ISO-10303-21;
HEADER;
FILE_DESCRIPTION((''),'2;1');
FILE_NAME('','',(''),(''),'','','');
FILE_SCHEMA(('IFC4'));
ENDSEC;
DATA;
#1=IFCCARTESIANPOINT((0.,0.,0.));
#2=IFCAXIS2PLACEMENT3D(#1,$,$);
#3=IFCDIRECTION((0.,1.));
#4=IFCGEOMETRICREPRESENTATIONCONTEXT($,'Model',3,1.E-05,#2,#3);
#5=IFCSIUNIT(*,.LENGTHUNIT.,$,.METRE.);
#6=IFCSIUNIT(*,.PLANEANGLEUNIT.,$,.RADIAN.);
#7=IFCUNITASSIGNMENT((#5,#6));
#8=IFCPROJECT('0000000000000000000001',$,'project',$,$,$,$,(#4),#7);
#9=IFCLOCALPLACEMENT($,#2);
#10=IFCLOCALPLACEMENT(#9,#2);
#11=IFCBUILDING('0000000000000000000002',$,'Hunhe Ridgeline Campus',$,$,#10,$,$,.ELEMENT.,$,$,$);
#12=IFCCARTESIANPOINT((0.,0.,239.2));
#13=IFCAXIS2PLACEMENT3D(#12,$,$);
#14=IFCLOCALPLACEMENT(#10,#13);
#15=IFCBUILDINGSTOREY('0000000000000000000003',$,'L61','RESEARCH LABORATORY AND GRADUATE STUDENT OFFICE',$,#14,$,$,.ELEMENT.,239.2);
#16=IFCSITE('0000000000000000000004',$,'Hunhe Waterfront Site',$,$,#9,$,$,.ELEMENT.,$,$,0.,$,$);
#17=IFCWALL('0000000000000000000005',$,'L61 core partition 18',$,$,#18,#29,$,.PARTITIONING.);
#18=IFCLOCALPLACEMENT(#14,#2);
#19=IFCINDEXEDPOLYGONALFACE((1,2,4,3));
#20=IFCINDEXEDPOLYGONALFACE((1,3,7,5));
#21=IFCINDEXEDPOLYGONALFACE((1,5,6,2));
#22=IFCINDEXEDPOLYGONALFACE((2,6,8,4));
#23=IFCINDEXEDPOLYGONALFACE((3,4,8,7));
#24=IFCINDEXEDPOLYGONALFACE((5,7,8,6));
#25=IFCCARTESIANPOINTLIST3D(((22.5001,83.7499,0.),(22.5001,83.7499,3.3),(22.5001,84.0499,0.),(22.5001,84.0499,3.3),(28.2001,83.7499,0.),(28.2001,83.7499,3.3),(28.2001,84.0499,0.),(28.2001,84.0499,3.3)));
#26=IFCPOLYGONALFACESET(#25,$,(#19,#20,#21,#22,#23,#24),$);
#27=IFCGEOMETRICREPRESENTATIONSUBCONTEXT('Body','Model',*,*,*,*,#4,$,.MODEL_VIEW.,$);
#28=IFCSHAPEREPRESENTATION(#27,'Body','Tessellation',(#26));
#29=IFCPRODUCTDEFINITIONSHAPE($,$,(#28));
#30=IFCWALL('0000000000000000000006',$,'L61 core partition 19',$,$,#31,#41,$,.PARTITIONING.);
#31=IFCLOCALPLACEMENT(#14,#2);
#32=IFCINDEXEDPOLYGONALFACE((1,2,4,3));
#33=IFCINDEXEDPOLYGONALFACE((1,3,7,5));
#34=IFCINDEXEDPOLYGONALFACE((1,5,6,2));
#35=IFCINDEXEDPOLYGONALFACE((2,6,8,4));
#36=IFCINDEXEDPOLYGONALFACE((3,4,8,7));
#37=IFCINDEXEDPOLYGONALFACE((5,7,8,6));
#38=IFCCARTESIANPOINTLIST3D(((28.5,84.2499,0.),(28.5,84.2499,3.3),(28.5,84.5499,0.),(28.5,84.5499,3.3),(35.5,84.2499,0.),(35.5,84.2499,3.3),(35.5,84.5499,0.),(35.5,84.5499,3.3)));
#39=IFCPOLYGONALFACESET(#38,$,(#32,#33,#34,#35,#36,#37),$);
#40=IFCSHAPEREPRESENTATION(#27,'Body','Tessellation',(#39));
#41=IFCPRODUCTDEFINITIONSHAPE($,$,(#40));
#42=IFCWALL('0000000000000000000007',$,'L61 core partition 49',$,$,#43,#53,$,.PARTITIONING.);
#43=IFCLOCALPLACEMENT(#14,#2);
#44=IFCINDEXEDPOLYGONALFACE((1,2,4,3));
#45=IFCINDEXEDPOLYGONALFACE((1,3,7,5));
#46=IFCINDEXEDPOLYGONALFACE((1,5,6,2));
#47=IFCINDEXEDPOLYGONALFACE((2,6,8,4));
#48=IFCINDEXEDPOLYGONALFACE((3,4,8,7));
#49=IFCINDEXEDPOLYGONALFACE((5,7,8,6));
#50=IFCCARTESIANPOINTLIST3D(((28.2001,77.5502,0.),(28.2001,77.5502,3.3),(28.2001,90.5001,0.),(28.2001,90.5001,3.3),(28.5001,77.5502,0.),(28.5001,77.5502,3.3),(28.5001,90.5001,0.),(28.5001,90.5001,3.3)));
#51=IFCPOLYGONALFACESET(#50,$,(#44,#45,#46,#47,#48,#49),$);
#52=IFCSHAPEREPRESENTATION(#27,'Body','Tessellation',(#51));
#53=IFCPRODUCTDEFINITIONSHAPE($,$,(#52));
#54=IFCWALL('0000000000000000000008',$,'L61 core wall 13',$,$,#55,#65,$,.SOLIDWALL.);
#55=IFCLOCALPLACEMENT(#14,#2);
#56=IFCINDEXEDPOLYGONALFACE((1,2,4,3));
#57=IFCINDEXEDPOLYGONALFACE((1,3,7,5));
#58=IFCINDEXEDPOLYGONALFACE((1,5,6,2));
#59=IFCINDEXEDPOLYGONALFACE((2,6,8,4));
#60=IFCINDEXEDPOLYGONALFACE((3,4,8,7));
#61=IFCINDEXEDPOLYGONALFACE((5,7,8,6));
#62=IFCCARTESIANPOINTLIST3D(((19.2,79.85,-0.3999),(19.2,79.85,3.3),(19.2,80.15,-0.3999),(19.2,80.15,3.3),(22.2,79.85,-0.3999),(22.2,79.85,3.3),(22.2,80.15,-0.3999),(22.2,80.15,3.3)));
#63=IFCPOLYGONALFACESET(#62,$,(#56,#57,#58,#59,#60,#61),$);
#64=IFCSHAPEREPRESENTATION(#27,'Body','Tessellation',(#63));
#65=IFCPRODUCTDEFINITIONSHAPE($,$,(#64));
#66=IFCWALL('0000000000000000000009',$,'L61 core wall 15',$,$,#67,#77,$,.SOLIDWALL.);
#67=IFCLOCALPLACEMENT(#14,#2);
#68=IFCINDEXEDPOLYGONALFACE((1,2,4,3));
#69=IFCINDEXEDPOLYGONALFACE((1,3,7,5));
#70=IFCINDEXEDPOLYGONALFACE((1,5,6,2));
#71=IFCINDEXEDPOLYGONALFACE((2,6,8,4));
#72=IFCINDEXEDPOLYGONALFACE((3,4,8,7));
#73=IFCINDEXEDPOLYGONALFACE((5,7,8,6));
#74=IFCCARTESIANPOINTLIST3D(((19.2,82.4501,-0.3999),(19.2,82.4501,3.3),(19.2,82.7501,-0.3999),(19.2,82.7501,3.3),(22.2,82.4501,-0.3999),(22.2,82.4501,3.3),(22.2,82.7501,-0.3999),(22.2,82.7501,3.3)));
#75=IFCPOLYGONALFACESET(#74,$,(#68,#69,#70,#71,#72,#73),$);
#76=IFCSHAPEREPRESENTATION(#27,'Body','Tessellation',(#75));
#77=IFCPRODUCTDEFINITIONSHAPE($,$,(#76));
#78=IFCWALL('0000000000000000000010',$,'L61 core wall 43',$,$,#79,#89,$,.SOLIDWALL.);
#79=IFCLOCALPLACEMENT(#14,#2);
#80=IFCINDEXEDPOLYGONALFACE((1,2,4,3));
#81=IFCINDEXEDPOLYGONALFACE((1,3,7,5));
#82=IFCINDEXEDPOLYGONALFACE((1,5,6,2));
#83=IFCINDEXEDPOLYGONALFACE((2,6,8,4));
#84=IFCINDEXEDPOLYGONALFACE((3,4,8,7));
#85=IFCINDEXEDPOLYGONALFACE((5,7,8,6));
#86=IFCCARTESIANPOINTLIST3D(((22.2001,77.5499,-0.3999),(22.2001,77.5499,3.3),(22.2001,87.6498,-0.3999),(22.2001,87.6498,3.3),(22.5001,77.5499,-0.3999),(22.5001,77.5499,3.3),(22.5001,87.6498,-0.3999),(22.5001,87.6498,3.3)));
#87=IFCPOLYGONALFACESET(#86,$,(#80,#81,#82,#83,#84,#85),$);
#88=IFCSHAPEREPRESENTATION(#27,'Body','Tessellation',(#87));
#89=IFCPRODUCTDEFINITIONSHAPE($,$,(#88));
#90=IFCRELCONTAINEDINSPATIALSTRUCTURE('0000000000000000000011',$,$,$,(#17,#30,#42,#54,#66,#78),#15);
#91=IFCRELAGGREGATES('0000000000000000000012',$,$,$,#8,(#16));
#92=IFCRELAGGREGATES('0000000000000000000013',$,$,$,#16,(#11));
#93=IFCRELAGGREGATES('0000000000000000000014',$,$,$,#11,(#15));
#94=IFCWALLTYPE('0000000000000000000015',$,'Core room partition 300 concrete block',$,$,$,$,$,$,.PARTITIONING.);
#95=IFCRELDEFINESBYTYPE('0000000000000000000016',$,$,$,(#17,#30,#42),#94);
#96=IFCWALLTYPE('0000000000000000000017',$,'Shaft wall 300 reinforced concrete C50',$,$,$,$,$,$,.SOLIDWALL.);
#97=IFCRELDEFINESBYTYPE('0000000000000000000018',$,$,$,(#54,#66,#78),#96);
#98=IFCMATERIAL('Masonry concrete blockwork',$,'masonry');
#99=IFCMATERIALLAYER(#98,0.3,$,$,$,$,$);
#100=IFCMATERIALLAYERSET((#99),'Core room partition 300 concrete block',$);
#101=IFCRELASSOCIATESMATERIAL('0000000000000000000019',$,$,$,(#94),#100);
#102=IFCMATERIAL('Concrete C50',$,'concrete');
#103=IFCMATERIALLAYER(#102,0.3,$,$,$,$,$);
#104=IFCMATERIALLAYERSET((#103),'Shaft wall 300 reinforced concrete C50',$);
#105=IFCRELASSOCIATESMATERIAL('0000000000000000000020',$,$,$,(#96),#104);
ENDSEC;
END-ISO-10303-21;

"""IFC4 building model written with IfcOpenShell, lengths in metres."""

from ifc_helpers import new_model, si_unit, direction, frame, frame_2d, origin, place, context, subcontext, project, spatial, rectangle, extrude, material, layer, layer_set, type_object, element, save


model = new_model("IFC4")

# Units and contexts
model_context = context("Model", 3, precision=1e-05, world=origin(), true_north=direction((0.0, 1.0)))
body_context = subcontext(model_context, "Body", "Model", "MODEL_VIEW")
ifc_project = project(units=[si_unit("LENGTHUNIT", "METRE"), si_unit("PLANEANGLEUNIT", "RADIAN")], contexts=[model_context])

# Site, building, storey
site_placement = place(None, origin())
site = spatial("IfcSite", under=ifc_project, at=site_placement, Name="Hunhe Waterfront Site", CompositionType="ELEMENT", RefElevation=0.0)
building_placement = place(site_placement, origin())
building = spatial("IfcBuilding", under=site, at=building_placement, Name="Hunhe Ridgeline Campus", CompositionType="ELEMENT")
storey_placement = place(building_placement, frame((0.0, 0.0, 239.2)))
storey = spatial("IfcBuildingStorey", under=building, at=storey_placement, Name="L61", Description="RESEARCH LABORATORY AND GRADUATE STUDENT OFFICE", CompositionType="ELEMENT", Elevation=239.2)

# Shared definitions
ifc_material_1 = material(Name="Masonry concrete blockwork", Category="masonry")
ifc_layer_1 = layer(ifc_material_1, 0.3)
ifc_layer_set_1 = layer_set([ifc_layer_1], Name="Core room partition 300 concrete block")
wall_type_1 = type_object("IfcWallType", Name="Core room partition 300 concrete block", PredefinedType="PARTITIONING", material=ifc_layer_set_1)

# Walls
wall_1_placement = place(storey_placement, frame((22.5, 83.8999, 0.0), z_axis=(0.0, 0.0, 1.0), x_axis=(1.0, 0.0, 0.0)))
element("IfcWall", 1, at=wall_1_placement, inside=storey, type_object=wall_type_1, Name="L61 core partition 18", PredefinedType="PARTITIONING", context=body_context, shape_type="SweptSolid", body=[
    extrude(rectangle(XDim=5.7, YDim=0.3, at=frame_2d((2.8501, 0.0))), origin(), (0.0, 0.0, 1.0), 3.3),
])
wall_2_placement = place(storey_placement, frame((28.5, 84.3999, 0.0), z_axis=(0.0, 0.0, 1.0), x_axis=(1.0, 0.0, 0.0)))
element("IfcWall", 2, at=wall_2_placement, inside=storey, type_object=wall_type_1, Name="L61 core partition 19", PredefinedType="PARTITIONING", context=body_context, shape_type="SweptSolid", body=[
    extrude(rectangle(XDim=7.0, YDim=0.3, at=frame_2d((3.5, 0.0))), origin(), (0.0, 0.0, 1.0), 3.3),
])
wall_3_placement = place(storey_placement, frame((28.3501, 77.55, 0.0), z_axis=(0.0, 0.0, 1.0), x_axis=(0.0, 1.0, 0.0)))
element("IfcWall", 3, at=wall_3_placement, inside=storey, type_object=wall_type_1, Name="L61 core partition 49", PredefinedType="PARTITIONING", context=body_context, shape_type="SweptSolid", body=[
    extrude(rectangle(XDim=12.95, YDim=0.3, at=frame_2d((6.4751, 0.0))), origin(), (0.0, 0.0, 1.0), 3.3),
])
ifc_material_2 = material(Name="Concrete C50", Category="concrete")
ifc_layer_2 = layer(ifc_material_2, 0.3)
ifc_layer_set_2 = layer_set([ifc_layer_2], Name="Shaft wall 300 reinforced concrete C50")
wall_type_2 = type_object("IfcWallType", Name="Shaft wall 300 reinforced concrete C50", PredefinedType="SOLIDWALL", material=ifc_layer_set_2)
for number, where, z_axis, x_axis, name in (
    (4, (19.2, 80.0, -0.3999), (0.0, 0.0, 1.0), (1.0, 0.0, 0.0), "L61 core wall 13"),
    (5, (19.2, 82.6001, -0.3999), (0.0, 0.0, 1.0), (1.0, 0.0, 0.0), "L61 core wall 15"),
):
    element("IfcWall", number, at=place(storey_placement, frame(where, z_axis=z_axis, x_axis=x_axis)), inside=storey, type_object=wall_type_2, Name=name, PredefinedType="SOLIDWALL", context=body_context, shape_type="SweptSolid", body=[
        extrude(rectangle(XDim=3.0, YDim=0.3, at=frame_2d((1.5, 0.0))), origin(), (0.0, 0.0, 1.0), 3.7),
    ])

# Wall
wall_4_placement = place(storey_placement, frame((22.3501, 77.55, -0.3999), z_axis=(0.0, 0.0, 1.0), x_axis=(0.0, 1.0, 0.0)))
element("IfcWall", 6, at=wall_4_placement, inside=storey, type_object=wall_type_2, Name="L61 core wall 43", PredefinedType="SOLIDWALL", context=body_context, shape_type="SweptSolid", body=[
    extrude(rectangle(XDim=10.0999, YDim=0.3, at=frame_2d((5.0498, 0.0))), origin(), (0.0, 0.0, 1.0), 3.7),
])

save(model, "model.ifc")
